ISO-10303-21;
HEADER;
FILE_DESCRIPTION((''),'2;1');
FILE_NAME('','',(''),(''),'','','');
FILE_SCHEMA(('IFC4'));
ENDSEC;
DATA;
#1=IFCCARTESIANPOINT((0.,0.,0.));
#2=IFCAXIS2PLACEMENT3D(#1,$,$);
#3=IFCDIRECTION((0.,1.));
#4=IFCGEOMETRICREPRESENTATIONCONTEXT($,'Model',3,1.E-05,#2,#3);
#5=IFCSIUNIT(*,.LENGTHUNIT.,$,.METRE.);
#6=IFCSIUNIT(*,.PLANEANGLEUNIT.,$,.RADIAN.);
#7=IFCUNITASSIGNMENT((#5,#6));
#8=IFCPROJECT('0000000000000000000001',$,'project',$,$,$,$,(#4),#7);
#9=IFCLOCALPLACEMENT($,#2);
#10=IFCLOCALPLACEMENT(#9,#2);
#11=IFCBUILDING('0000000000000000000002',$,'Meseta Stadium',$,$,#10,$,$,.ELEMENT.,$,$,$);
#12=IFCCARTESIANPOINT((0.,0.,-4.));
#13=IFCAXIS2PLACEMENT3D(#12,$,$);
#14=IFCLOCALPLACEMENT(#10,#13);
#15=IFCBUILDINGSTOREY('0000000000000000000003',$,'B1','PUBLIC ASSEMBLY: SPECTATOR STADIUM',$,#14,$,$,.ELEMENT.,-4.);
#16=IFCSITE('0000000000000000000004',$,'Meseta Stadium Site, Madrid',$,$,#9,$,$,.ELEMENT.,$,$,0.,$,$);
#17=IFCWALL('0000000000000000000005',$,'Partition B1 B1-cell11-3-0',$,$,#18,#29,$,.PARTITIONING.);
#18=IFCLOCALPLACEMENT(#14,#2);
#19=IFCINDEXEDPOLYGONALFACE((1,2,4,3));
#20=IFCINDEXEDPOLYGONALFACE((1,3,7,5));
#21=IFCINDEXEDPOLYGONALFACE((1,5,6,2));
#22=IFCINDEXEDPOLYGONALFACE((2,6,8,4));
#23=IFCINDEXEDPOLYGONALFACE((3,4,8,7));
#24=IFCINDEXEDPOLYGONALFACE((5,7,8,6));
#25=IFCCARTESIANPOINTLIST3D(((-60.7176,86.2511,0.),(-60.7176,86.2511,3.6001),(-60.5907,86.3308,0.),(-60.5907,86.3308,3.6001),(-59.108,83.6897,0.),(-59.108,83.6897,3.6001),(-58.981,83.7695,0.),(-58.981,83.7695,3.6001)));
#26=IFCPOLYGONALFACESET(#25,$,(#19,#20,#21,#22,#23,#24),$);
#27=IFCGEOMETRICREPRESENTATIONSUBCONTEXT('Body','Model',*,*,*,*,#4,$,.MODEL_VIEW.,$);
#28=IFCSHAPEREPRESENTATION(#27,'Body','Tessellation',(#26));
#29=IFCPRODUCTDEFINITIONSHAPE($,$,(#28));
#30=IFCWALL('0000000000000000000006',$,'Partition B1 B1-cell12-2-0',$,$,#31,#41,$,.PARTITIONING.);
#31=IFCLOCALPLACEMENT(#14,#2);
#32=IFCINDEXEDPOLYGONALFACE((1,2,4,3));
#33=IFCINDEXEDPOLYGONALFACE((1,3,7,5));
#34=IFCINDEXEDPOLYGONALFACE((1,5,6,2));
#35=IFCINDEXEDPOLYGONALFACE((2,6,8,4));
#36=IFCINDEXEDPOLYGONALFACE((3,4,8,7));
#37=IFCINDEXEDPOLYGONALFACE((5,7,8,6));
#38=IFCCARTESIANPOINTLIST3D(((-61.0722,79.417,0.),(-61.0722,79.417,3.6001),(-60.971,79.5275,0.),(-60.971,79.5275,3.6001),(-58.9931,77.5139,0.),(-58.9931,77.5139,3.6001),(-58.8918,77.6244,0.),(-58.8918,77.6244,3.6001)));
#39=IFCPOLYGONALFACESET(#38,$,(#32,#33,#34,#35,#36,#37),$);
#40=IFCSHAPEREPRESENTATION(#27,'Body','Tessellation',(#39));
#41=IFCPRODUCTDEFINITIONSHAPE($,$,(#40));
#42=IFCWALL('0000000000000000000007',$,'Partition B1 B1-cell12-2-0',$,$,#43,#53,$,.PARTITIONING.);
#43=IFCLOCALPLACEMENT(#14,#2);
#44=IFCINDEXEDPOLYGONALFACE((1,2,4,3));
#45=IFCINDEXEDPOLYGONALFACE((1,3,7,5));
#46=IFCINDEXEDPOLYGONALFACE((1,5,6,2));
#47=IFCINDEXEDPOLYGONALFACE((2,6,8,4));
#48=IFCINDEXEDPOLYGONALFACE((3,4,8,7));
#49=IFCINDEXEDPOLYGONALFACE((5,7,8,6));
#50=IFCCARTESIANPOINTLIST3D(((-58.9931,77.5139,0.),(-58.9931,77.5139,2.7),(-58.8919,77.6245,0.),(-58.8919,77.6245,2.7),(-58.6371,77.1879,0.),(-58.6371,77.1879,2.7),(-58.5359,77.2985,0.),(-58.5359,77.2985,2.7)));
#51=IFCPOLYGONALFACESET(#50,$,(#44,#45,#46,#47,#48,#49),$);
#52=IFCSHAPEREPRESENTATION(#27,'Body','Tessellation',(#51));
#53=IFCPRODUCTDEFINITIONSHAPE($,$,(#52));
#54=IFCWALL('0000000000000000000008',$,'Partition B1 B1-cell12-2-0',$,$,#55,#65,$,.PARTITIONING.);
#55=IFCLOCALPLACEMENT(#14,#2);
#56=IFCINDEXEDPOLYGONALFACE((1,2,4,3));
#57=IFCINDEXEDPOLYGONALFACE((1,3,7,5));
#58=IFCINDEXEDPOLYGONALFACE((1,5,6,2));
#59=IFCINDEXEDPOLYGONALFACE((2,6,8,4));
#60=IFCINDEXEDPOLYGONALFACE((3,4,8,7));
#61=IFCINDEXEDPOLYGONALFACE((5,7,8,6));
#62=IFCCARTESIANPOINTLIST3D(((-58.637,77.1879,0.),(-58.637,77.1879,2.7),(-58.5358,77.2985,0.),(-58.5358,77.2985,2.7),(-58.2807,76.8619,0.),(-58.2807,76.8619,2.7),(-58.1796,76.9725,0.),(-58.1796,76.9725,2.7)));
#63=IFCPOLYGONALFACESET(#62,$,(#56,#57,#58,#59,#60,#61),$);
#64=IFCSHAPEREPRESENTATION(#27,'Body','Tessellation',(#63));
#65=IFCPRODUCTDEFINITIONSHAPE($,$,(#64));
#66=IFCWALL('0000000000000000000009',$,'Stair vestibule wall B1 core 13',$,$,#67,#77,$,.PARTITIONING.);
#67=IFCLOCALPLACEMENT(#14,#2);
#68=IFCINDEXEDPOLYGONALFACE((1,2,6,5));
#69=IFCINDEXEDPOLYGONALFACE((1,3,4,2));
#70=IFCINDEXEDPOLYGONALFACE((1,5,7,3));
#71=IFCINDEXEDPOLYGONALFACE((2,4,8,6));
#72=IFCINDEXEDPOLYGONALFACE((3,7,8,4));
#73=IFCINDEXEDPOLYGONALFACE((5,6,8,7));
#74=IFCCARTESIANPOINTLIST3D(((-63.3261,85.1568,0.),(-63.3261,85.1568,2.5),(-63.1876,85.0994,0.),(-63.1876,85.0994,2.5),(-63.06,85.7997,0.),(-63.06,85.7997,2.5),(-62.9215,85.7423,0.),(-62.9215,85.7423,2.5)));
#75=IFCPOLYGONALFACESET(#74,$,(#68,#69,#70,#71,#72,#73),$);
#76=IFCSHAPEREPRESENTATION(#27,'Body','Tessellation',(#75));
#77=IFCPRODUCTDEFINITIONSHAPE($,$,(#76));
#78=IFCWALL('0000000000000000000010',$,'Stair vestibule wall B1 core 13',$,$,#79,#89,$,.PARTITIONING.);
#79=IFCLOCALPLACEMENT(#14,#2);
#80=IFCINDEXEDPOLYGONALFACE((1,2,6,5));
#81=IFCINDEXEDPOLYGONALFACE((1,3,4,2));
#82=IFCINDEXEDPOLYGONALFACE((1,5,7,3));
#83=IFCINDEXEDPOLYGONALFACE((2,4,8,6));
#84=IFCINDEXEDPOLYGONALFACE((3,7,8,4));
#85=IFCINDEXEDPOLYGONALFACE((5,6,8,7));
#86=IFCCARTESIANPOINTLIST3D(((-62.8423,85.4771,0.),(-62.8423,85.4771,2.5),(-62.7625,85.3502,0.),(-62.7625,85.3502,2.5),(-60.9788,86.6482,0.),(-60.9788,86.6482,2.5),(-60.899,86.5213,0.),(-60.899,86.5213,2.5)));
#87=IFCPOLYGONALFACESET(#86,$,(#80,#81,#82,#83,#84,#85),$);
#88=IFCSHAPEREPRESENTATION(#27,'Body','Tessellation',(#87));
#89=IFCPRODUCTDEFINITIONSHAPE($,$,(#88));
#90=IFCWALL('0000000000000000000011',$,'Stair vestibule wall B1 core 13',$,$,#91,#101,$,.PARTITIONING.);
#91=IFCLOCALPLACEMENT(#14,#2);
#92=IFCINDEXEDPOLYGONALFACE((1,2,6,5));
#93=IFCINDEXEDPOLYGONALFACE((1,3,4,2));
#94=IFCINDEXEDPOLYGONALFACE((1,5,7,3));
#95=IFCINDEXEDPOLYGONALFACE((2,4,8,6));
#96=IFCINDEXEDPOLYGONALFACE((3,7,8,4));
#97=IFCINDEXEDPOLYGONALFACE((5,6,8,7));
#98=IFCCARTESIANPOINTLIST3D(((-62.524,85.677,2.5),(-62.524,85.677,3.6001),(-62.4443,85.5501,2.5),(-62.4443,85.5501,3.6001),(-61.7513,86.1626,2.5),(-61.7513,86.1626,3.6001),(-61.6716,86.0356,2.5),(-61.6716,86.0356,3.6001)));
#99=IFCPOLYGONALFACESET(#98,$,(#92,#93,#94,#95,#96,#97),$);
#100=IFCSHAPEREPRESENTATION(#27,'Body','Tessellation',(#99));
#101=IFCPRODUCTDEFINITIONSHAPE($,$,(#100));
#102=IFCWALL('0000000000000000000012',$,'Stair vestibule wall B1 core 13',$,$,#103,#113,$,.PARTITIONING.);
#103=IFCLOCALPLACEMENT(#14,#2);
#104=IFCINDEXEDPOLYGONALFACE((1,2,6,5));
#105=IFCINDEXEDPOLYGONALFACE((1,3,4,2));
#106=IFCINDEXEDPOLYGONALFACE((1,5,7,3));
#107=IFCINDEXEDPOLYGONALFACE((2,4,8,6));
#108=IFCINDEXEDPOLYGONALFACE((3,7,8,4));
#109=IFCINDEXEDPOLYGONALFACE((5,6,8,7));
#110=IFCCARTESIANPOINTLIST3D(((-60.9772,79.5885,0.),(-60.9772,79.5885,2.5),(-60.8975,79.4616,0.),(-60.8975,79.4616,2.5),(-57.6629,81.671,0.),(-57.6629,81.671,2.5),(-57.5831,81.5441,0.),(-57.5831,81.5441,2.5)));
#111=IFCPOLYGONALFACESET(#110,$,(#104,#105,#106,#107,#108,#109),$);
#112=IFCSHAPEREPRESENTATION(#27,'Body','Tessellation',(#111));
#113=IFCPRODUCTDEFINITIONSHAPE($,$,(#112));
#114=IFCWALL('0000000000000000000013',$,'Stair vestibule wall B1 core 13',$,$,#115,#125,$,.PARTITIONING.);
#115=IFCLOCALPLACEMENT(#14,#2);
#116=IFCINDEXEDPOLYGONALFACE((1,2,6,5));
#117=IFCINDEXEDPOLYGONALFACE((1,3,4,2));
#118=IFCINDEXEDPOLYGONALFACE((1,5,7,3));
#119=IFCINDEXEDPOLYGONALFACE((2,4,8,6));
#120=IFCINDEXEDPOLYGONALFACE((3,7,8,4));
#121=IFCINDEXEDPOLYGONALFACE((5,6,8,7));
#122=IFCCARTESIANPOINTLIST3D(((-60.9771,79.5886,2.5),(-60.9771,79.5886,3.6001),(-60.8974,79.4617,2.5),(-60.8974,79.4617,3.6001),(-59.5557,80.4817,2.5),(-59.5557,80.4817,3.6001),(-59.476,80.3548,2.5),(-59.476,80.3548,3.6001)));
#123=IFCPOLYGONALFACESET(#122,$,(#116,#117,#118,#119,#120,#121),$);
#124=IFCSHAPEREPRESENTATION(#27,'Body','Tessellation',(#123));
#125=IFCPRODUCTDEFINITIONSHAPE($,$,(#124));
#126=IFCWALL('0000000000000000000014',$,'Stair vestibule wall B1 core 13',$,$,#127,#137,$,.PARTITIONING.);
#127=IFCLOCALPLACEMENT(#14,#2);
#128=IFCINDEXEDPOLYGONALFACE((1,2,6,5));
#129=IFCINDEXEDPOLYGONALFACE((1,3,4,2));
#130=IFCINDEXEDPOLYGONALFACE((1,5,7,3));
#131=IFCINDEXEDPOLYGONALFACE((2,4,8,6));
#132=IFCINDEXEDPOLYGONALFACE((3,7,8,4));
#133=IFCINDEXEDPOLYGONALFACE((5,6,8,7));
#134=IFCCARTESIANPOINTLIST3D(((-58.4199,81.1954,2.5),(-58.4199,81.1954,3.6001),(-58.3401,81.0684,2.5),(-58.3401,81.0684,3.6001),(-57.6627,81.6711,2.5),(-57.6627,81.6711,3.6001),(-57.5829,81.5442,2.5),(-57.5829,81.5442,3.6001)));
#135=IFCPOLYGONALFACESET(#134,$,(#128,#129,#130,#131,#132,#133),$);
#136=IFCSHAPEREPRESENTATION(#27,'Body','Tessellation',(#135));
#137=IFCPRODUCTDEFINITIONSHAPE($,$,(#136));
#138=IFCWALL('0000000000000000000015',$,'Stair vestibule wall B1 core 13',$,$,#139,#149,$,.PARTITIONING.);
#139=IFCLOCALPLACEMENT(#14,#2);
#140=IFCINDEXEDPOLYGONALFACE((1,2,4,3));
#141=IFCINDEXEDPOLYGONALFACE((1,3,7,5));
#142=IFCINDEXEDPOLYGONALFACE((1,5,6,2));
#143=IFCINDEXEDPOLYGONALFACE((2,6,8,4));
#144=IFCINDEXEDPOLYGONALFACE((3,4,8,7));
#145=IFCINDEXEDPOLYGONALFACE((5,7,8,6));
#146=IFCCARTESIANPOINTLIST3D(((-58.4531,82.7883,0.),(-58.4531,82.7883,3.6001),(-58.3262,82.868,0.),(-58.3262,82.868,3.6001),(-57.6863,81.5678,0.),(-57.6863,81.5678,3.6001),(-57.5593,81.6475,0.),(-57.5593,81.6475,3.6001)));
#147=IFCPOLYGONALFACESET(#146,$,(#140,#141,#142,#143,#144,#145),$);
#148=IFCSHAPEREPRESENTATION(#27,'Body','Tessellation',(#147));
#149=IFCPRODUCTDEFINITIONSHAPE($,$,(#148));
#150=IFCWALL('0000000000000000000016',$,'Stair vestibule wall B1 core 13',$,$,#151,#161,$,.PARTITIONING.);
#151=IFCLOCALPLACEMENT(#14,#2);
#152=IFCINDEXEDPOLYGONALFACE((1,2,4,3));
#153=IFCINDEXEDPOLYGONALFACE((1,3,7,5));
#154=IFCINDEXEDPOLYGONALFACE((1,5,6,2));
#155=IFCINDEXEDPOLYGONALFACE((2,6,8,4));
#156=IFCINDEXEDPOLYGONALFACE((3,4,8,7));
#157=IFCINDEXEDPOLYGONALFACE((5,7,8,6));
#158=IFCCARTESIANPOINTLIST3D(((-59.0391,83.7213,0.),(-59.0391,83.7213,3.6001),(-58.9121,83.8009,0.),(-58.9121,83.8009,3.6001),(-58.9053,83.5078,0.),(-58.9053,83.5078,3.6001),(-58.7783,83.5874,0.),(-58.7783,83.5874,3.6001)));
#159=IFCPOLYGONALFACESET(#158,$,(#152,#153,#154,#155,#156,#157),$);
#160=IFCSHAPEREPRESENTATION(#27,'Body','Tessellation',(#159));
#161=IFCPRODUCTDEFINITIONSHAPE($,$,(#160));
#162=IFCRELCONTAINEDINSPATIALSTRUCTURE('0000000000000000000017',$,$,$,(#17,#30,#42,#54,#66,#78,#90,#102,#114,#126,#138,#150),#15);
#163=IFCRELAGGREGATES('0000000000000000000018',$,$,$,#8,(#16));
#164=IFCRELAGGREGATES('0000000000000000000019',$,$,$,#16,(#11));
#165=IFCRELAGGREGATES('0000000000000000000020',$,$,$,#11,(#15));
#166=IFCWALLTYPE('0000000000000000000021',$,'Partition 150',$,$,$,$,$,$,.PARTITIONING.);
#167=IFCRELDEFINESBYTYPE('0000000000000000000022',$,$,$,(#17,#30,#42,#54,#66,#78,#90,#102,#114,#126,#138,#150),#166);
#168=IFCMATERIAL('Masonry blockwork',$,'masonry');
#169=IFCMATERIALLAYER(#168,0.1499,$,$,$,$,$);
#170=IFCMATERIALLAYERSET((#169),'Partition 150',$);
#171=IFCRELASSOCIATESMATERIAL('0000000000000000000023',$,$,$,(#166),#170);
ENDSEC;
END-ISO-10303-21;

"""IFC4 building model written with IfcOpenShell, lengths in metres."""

from ifc_helpers import new_model, si_unit, direction, frame, frame_2d, origin, place, context, subcontext, project, spatial, rectangle, extrude, material, layer, layer_set, type_object, element, save


model = new_model("IFC4")

# Units and contexts
model_context = context("Model", 3, precision=1e-05, world=origin(), true_north=direction((0.0, 1.0)))
body_context = subcontext(model_context, "Body", "Model", "MODEL_VIEW")
ifc_project = project(units=[si_unit("LENGTHUNIT", "METRE"), si_unit("PLANEANGLEUNIT", "RADIAN")], contexts=[model_context])

# Site, building, storey
site_placement = place(None, origin())
site = spatial("IfcSite", under=ifc_project, at=site_placement, Name="Meseta Stadium Site, Madrid", CompositionType="ELEMENT", RefElevation=0.0)
building_placement = place(site_placement, origin())
building = spatial("IfcBuilding", under=site, at=building_placement, Name="Meseta Stadium", CompositionType="ELEMENT")
storey_placement = place(building_placement, frame((0.0, 0.0, -4.0)))
storey = spatial("IfcBuildingStorey", under=building, at=storey_placement, Name="B1", Description="PUBLIC ASSEMBLY: SPECTATOR STADIUM", CompositionType="ELEMENT", Elevation=-4.0)

# Shared definitions
ifc_material_1 = material(Name="Masonry blockwork", Category="masonry")
ifc_layer = layer(ifc_material_1, 0.1499)
ifc_layer_set = layer_set([ifc_layer], Name="Partition 150")
wall_type = type_object("IfcWallType", Name="Partition 150", PredefinedType="PARTITIONING", material=ifc_layer_set)

# Walls
wall_1_placement = place(storey_placement, frame((-59.0444, 83.7295, 0.0), z_axis=(0.0, 0.0, 1.0), x_axis=(-0.532094, 0.846685, 0.0)))
element("IfcWall", 1, at=wall_1_placement, inside=storey, type_object=wall_type, Name="Partition B1 B1-cell11-3-0", PredefinedType="PARTITIONING", context=body_context, shape_type="SweptSolid", body=[
    extrude(rectangle(XDim=3.0251, YDim=0.1499, at=frame_2d((1.5127, 0.0))), origin(), (0.0, 0.0, 1.0), 3.6001),
])
wall_2_placement = place(storey_placement, frame((-61.0215, 79.4722, 0.0), z_axis=(0.0, 0.0, 1.0), x_axis=(0.737643, -0.675191, 0.0)))
element("IfcWall", 2, at=wall_2_placement, inside=storey, type_object=wall_type, Name="Partition B1 B1-cell12-2-0", PredefinedType="PARTITIONING", context=body_context, shape_type="SweptSolid", body=[
    extrude(rectangle(XDim=2.8186, YDim=0.1499, at=frame_2d((1.4092, 0.0))), origin(), (0.0, 0.0, 1.0), 3.6001),
])
wall_3_placement = place(storey_placement, frame((-58.9424, 77.5691, 0.0), z_axis=(0.0, 0.0, 1.0), x_axis=(0.737532, -0.675312, 0.0)))
element("IfcWall", 3, at=wall_3_placement, inside=storey, type_object=wall_type, Name="Partition B1 B1-cell12-2-0", PredefinedType="PARTITIONING", context=body_context, shape_type="SweptSolid", body=[
    extrude(rectangle(XDim=0.4827, YDim=0.1499, at=frame_2d((0.2412, 0.0))), origin(), (0.0, 0.0, 1.0), 2.7),
])
wall_4_placement = place(storey_placement, frame((-58.5864, 77.2432, 0.0), z_axis=(0.0, 0.0, 1.0), x_axis=(0.737763, -0.67506, 0.0)))
element("IfcWall", 4, at=wall_4_placement, inside=storey, type_object=wall_type, Name="Partition B1 B1-cell12-2-0", PredefinedType="PARTITIONING", context=body_context, shape_type="SweptSolid", body=[
    extrude(rectangle(XDim=0.4829, YDim=0.1499, at=frame_2d((0.2415, 0.0))), origin(), (0.0, 0.0, 1.0), 2.7),
])
wall_5_placement = place(storey_placement, frame((-62.9907, 85.771, 0.0), z_axis=(0.0, 0.0, 1.0), x_axis=(-0.382496, -0.923957, 0.0)))
element("IfcWall", 5, at=wall_5_placement, inside=storey, type_object=wall_type, Name="Stair vestibule wall B1 core 13", PredefinedType="PARTITIONING", context=body_context, shape_type="SweptSolid", body=[
    extrude(rectangle(XDim=0.6958, YDim=0.1499, at=frame_2d((0.3479, 0.0))), origin(), (0.0, 0.0, 1.0), 2.5),
])
wall_6_placement = place(storey_placement, frame((-62.8025, 85.4136, 0.0), z_axis=(0.0, 0.0, 1.0), x_axis=(0.846681, 0.532101, 0.0)))
element("IfcWall", 6, at=wall_6_placement, inside=storey, type_object=wall_type, Name="Stair vestibule wall B1 core 13", PredefinedType="PARTITIONING", context=body_context, shape_type="SweptSolid", body=[
    extrude(rectangle(XDim=2.2009, YDim=0.1499, at=frame_2d((1.1006, 0.0))), origin(), (0.0, 0.0, 1.0), 2.5),
])
wall_7_placement = place(storey_placement, frame((-62.4841, 85.6135, 2.5), z_axis=(0.0, 0.0, 1.0), x_axis=(0.846688, 0.532089, 0.0)))
element("IfcWall", 7, at=wall_7_placement, inside=storey, type_object=wall_type, Name="Stair vestibule wall B1 core 13", PredefinedType="PARTITIONING", context=body_context, shape_type="SweptSolid", body=[
    extrude(rectangle(XDim=0.9126, YDim=0.1499, at=frame_2d((0.4563, 0.0))), origin(), (0.0, 0.0, 1.0), 1.1001),
])
wall_8_placement = place(storey_placement, frame((-60.9373, 79.5251, 0.0), z_axis=(0.0, 0.0, 1.0), x_axis=(0.846734, 0.532016, 0.0)))
element("IfcWall", 8, at=wall_8_placement, inside=storey, type_object=wall_type, Name="Stair vestibule wall B1 core 13", PredefinedType="PARTITIONING", context=body_context, shape_type="SweptSolid", body=[
    extrude(rectangle(XDim=3.9143, YDim=0.1499, at=frame_2d((1.957, 0.0))), origin(), (0.0, 0.0, 1.0), 2.5),
])
wall_9_placement = place(storey_placement, frame((-60.9373, 79.5251, 2.5), z_axis=(0.0, 0.0, 1.0), x_axis=(0.846738, 0.532011, 0.0)))
element("IfcWall", 9, at=wall_9_placement, inside=storey, type_object=wall_type, Name="Stair vestibule wall B1 core 13", PredefinedType="PARTITIONING", context=body_context, shape_type="SweptSolid", body=[
    extrude(rectangle(XDim=1.6787, YDim=0.1499, at=frame_2d((0.8394, 0.0))), origin(), (0.0, 0.0, 1.0), 1.1001),
])
wall_10_placement = place(storey_placement, frame((-58.3801, 81.1318, 2.5), z_axis=(0.0, 0.0, 1.0), x_axis=(0.846738, 0.532009, 0.0)))
element("IfcWall", 10, at=wall_10_placement, inside=storey, type_object=wall_type, Name="Stair vestibule wall B1 core 13", PredefinedType="PARTITIONING", context=body_context, shape_type="SweptSolid", body=[
    extrude(rectangle(XDim=0.8943, YDim=0.1499, at=frame_2d((0.4473, 0.0))), origin(), (0.0, 0.0, 1.0), 1.1001),
])
wall_11_placement = place(storey_placement, frame((-57.6228, 81.6077, 0.0), z_axis=(0.0, 0.0, 1.0), x_axis=(-0.532022, 0.84673, 0.0)))
element("IfcWall", 11, at=wall_11_placement, inside=storey, type_object=wall_type, Name="Stair vestibule wall B1 core 13", PredefinedType="PARTITIONING", context=body_context, shape_type="SweptSolid", body=[
    extrude(rectangle(XDim=1.4414, YDim=0.1499, at=frame_2d((0.7207, 0.0))), origin(), (0.0, 0.0, 1.0), 3.6001),
])
wall_12_placement = place(storey_placement, frame((-58.8418, 83.5476, 0.0), z_axis=(0.0, 0.0, 1.0), x_axis=(-0.531218, 0.847235, 0.0)))
element("IfcWall", 12, at=wall_12_placement, inside=storey, type_object=wall_type, Name="Stair vestibule wall B1 core 13", PredefinedType="PARTITIONING", context=body_context, shape_type="SweptSolid", body=[
    extrude(rectangle(XDim=0.252, YDim=0.1499, at=frame_2d((0.126, 0.0))), origin(), (0.0, 0.0, 1.0), 3.6001),
])

save(model, "model.ifc")
